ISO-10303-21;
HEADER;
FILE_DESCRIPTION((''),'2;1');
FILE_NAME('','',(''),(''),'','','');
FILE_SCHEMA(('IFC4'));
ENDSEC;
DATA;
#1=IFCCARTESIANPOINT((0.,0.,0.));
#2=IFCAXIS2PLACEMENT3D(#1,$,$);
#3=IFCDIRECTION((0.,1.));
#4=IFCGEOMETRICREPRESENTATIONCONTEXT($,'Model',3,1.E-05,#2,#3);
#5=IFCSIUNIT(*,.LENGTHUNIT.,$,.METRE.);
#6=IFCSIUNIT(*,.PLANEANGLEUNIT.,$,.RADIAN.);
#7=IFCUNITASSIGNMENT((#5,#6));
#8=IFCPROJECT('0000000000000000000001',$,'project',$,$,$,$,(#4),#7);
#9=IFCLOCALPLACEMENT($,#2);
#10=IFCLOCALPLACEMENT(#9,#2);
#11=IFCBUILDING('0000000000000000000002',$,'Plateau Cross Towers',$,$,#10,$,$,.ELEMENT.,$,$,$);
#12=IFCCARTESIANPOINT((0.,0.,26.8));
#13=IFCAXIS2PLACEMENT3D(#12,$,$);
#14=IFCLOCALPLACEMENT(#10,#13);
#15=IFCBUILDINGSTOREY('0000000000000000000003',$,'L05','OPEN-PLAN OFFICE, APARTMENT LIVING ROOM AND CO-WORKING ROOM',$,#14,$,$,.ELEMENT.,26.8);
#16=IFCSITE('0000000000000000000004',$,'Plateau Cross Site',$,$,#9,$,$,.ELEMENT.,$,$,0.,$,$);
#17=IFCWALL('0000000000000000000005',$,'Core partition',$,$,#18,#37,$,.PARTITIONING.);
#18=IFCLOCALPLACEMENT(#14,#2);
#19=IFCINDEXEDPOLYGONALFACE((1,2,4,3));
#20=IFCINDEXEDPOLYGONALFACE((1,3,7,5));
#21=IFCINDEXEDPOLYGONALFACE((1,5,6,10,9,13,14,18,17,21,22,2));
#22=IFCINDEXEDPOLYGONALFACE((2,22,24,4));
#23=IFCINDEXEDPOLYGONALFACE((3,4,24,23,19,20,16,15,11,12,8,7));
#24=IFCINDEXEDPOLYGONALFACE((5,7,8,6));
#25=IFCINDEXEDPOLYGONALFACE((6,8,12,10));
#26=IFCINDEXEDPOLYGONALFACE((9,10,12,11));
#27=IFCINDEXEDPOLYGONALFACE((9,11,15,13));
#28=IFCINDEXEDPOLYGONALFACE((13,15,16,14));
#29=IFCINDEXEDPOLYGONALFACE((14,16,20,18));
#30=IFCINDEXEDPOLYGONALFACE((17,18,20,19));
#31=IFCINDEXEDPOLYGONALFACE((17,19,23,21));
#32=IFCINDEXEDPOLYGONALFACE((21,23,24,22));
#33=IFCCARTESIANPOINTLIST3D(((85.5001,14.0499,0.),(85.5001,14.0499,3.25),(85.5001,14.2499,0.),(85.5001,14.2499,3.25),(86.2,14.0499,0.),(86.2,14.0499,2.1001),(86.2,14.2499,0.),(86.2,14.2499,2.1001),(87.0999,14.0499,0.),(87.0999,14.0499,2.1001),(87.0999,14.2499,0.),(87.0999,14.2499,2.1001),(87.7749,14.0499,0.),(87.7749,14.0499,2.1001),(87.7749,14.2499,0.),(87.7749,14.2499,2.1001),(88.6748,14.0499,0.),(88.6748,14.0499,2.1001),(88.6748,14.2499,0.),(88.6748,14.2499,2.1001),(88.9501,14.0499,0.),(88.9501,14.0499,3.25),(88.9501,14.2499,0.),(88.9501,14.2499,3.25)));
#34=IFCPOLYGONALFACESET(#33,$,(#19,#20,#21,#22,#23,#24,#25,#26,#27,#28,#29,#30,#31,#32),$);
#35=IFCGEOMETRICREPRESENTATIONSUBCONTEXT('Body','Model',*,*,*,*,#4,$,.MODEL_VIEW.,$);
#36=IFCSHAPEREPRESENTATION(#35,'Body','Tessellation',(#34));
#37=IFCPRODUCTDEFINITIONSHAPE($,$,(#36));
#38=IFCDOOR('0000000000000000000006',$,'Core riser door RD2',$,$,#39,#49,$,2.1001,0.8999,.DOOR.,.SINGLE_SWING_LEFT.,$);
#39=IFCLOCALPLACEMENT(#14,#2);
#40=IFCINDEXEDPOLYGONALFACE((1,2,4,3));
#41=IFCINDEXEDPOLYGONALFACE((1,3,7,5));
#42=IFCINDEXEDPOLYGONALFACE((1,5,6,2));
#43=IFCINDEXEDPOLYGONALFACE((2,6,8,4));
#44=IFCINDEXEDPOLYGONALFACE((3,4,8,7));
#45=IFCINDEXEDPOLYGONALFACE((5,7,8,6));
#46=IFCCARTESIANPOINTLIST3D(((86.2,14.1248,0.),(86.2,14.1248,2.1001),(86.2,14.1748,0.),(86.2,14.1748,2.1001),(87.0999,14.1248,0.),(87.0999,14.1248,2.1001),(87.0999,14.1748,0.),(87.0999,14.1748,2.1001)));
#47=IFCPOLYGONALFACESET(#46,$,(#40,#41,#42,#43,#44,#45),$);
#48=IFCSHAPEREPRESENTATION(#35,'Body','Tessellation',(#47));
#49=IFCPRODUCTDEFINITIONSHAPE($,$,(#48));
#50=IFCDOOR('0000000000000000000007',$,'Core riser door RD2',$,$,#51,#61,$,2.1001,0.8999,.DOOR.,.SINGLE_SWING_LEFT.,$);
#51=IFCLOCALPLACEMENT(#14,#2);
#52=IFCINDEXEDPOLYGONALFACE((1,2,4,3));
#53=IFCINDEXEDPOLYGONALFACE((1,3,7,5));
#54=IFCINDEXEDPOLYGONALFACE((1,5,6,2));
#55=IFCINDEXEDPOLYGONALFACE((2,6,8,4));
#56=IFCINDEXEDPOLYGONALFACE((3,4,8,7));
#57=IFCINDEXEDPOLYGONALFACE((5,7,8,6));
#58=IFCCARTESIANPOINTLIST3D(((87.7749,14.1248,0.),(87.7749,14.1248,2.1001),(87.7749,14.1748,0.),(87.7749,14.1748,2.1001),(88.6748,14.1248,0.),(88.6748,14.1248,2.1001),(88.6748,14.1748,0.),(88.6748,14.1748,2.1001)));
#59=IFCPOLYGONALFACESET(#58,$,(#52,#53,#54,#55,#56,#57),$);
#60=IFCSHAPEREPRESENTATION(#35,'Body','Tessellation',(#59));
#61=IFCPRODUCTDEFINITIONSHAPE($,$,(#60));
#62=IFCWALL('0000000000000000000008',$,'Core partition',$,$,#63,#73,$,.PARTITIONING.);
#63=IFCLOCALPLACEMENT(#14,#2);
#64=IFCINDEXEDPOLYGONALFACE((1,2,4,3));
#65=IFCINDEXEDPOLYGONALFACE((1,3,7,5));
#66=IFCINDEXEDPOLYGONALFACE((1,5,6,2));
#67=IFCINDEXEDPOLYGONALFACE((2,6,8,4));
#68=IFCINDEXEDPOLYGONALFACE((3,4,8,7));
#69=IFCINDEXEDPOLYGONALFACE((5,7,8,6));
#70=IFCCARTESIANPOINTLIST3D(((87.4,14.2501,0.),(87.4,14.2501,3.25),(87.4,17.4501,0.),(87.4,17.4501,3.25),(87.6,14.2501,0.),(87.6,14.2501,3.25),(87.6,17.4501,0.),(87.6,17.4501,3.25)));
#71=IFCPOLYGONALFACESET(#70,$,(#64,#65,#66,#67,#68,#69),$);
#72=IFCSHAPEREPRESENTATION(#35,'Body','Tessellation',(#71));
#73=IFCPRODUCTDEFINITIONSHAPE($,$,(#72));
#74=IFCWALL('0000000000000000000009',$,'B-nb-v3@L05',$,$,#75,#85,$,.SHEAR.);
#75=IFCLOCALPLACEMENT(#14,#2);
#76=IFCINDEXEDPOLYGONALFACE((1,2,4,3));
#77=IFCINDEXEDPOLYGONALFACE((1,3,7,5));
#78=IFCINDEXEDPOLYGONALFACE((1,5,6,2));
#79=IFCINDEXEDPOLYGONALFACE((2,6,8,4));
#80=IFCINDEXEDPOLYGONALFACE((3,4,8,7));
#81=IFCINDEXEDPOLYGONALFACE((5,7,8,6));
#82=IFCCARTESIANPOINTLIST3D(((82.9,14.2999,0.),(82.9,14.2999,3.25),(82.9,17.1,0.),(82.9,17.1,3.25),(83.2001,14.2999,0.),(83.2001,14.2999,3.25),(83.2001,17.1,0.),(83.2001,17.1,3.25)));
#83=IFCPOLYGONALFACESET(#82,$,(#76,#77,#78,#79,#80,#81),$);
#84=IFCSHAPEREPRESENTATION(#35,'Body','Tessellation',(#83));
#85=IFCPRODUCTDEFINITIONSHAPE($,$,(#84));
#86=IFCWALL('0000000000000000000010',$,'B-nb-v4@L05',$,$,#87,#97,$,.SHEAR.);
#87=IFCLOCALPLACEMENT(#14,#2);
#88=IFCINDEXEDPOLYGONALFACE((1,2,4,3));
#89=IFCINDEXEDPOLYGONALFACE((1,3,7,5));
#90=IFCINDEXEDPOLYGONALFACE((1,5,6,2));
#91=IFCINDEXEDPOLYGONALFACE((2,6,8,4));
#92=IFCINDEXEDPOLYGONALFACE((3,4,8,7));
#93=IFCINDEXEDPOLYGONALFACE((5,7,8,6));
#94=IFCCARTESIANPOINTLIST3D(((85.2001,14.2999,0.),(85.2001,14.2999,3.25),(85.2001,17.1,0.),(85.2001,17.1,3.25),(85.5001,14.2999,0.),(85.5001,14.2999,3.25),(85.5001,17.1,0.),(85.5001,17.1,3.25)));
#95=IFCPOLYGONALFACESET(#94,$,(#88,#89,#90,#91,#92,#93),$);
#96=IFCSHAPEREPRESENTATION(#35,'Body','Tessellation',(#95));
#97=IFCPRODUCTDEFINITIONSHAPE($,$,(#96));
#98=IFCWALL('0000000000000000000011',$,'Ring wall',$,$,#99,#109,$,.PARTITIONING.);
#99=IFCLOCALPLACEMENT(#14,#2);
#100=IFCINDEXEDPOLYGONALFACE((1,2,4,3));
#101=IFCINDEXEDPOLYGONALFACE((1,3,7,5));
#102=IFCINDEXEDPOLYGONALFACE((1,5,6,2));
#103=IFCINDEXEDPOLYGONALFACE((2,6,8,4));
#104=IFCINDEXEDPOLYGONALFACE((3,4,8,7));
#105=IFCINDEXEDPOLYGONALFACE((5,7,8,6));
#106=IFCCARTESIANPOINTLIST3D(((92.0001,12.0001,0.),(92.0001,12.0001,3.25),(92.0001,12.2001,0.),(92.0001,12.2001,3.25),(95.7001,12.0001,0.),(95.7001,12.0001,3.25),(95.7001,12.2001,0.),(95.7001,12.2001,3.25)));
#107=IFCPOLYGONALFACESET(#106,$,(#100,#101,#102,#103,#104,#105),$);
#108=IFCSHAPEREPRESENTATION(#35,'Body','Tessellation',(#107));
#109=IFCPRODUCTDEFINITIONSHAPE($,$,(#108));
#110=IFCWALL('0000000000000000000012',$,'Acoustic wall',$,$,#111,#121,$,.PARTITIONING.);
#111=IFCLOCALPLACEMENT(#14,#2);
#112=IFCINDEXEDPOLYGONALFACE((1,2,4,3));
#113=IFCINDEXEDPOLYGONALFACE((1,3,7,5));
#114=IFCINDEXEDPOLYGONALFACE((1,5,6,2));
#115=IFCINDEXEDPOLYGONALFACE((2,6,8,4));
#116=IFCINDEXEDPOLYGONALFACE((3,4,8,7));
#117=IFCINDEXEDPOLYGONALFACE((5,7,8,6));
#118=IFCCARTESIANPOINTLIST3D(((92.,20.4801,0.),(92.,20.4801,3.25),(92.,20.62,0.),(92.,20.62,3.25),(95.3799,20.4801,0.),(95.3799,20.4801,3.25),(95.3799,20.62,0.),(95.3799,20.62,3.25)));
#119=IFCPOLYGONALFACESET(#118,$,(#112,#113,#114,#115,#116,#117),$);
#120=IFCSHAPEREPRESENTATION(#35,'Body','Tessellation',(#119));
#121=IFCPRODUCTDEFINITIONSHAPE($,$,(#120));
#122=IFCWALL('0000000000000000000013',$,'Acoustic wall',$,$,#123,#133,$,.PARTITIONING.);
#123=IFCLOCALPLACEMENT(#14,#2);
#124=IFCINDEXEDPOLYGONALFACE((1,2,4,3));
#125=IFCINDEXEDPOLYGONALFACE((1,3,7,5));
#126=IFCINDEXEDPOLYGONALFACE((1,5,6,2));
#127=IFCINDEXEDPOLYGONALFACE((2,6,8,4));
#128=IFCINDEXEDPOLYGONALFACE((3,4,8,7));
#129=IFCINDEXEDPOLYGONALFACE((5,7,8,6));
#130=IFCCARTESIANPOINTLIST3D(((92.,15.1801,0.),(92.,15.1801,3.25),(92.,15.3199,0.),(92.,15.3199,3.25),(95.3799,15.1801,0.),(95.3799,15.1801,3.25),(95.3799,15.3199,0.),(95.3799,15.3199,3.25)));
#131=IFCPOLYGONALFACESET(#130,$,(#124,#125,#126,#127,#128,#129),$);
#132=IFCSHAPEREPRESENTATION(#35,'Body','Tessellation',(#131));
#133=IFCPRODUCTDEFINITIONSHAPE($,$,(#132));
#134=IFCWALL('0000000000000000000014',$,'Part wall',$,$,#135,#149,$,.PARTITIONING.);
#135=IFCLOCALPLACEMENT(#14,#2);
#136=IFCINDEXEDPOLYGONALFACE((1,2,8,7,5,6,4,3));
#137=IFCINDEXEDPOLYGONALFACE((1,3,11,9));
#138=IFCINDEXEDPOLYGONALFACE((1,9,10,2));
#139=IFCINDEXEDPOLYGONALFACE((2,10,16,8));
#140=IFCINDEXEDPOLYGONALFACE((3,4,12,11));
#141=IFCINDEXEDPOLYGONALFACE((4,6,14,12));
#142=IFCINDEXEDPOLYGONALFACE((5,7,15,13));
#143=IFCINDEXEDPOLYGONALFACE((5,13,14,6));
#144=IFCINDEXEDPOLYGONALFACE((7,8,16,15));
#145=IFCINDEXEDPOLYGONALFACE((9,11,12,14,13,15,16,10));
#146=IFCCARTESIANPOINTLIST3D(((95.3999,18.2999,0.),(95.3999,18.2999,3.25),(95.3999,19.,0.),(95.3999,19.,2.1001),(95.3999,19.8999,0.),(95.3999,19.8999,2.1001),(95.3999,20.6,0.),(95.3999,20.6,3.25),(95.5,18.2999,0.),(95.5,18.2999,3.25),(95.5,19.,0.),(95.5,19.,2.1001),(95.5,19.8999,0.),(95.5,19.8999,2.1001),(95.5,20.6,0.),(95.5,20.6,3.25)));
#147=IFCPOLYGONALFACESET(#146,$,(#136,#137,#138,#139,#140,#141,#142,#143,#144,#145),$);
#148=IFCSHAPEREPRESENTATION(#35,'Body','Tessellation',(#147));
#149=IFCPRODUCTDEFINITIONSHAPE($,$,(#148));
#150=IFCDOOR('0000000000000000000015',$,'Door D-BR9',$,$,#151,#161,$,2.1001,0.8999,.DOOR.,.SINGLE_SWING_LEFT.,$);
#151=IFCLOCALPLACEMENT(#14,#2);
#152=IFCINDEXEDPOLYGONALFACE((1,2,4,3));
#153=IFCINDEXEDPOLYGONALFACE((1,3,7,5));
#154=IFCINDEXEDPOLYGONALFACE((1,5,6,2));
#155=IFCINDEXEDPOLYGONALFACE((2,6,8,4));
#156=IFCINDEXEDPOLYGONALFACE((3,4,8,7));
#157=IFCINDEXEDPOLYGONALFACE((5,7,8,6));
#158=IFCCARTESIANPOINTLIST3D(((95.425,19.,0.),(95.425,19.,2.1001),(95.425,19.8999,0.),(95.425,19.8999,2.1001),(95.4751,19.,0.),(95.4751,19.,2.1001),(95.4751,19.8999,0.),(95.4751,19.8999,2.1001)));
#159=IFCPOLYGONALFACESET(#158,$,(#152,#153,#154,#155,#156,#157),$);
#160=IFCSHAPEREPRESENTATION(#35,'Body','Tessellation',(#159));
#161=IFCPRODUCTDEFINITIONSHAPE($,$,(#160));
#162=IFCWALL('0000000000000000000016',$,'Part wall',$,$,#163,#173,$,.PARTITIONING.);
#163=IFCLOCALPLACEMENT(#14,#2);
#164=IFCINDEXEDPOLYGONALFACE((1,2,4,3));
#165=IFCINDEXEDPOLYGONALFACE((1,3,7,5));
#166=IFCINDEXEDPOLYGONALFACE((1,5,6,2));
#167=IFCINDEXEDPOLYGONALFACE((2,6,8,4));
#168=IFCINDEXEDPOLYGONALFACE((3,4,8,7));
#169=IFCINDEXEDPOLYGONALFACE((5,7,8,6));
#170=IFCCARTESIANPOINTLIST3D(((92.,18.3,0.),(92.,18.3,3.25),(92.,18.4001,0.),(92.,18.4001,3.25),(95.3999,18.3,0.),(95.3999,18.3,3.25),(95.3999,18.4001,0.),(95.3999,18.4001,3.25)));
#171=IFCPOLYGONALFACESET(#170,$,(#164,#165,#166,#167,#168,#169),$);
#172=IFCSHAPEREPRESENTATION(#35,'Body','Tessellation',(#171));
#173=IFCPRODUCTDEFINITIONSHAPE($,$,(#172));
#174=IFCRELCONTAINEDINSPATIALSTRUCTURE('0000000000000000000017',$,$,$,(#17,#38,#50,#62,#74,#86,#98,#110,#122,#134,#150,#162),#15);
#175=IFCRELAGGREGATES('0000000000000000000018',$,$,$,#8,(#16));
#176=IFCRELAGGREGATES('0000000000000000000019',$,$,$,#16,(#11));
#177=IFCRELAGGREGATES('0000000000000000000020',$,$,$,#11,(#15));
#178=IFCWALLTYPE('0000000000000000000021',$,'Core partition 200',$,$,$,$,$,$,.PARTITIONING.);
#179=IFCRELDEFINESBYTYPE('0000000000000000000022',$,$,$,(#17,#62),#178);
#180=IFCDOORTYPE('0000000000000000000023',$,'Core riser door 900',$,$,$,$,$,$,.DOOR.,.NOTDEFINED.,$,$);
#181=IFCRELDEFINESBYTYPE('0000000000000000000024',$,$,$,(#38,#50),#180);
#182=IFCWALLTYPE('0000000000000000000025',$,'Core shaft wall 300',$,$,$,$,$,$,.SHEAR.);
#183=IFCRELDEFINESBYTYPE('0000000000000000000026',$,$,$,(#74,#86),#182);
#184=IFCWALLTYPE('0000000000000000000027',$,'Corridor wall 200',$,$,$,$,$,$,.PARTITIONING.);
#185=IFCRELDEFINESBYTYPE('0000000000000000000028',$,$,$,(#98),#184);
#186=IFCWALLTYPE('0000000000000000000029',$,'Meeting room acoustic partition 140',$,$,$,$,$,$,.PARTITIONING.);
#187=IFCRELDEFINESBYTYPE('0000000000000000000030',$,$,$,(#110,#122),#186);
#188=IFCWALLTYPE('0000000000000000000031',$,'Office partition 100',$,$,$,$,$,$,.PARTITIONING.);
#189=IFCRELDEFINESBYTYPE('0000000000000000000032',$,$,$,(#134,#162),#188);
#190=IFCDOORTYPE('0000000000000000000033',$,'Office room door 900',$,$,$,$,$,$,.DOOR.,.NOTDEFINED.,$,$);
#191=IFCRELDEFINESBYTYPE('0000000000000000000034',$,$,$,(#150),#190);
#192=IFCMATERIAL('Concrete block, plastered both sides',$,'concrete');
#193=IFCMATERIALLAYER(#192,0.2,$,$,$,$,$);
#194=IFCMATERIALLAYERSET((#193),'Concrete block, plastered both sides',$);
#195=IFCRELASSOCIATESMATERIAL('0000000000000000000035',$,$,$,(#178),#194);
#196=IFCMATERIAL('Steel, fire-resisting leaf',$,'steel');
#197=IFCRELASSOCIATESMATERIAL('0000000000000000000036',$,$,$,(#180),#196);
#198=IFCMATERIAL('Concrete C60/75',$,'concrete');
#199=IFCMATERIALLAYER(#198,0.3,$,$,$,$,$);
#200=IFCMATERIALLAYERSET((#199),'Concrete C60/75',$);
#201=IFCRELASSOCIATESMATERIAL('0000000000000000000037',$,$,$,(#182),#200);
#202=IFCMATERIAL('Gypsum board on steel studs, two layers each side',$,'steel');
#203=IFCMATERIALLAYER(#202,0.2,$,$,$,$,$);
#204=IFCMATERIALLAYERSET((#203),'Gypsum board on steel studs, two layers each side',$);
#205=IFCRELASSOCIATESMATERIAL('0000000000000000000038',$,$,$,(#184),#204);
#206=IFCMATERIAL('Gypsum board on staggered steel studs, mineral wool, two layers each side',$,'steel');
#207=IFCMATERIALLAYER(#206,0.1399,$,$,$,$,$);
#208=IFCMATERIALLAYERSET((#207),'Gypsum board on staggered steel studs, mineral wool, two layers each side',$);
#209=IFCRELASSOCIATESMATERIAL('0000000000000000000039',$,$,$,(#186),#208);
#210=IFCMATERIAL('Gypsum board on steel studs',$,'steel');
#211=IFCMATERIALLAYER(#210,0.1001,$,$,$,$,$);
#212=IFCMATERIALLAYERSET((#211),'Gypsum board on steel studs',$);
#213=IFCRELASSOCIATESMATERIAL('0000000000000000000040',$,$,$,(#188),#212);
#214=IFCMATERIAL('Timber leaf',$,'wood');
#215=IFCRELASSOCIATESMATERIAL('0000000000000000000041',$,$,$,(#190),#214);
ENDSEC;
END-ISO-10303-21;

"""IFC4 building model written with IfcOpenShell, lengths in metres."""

from ifc_helpers import new_model, si_unit, direction, frame, frame_2d, origin, place, context, subcontext, project, spatial, rectangle, extrude, material, layer, layer_set, type_object, element, fill, save


model = new_model("IFC4")

# Units and contexts
model_context = context("Model", 3, precision=1e-05, world=origin(), true_north=direction((0.0, 1.0)))
body_context = subcontext(model_context, "Body", "Model", "MODEL_VIEW")
ifc_project = project(units=[si_unit("LENGTHUNIT", "METRE"), si_unit("PLANEANGLEUNIT", "RADIAN")], contexts=[model_context])

# Site, building, storey
site_placement = place(None, origin())
site = spatial("IfcSite", under=ifc_project, at=site_placement, Name="Plateau Cross Site", CompositionType="ELEMENT", RefElevation=0.0)
building_placement = place(site_placement, origin())
building = spatial("IfcBuilding", under=site, at=building_placement, Name="Plateau Cross Towers", CompositionType="ELEMENT")
storey_placement = place(building_placement, frame((0.0, 0.0, 26.8)))
storey = spatial("IfcBuildingStorey", under=building, at=storey_placement, Name="L05", Description="OPEN-PLAN OFFICE, APARTMENT LIVING ROOM AND CO-WORKING ROOM", CompositionType="ELEMENT", Elevation=26.8)

# Shared definitions
ifc_material_1 = material(Name="Concrete C60/75", Category="concrete")

# Shared definitions
ifc_material_2 = material(Name="Concrete block, plastered both sides", Category="concrete")
ifc_layer_1 = layer(ifc_material_2, 0.2)
ifc_layer_set_1 = layer_set([ifc_layer_1], Name="Concrete block, plastered both sides")
wall_type_1 = type_object("IfcWallType", Name="Core partition 200", PredefinedType="PARTITIONING", material=ifc_layer_set_1)

# Wall, openings, doors
wall_1_placement = place(storey_placement, frame((85.5, 14.1499, 0.0), z_axis=(0.0, 0.0, 1.0), x_axis=(1.0, 0.0, 0.0)))
wall_1 = element("IfcWall", 1, at=wall_1_placement, inside=storey, type_object=wall_type_1, Name="Core partition", PredefinedType="PARTITIONING", context=body_context, shape_type="SweptSolid", body=[
    extrude(rectangle(XDim=3.45, YDim=0.2, at=frame_2d((1.7251, 0.0))), origin(), (0.0, 0.0, 1.0), 3.25),
])
opening_1_placement = place(wall_1_placement, frame((0.7, 0.0, 0.0)))
opening_1 = element("IfcOpeningElement", 2, at=opening_1_placement, cuts=wall_1, PredefinedType="OPENING", context=body_context, shape_type="SweptSolid", body=[
    extrude(rectangle(XDim=0.8999, YDim=2.1001, at=frame_2d((0.45, 1.05))), frame((0.0, 0.1099, 0.0), z_axis=(0.0, -1.0, 0.0), x_axis=(1.0, 0.0, 0.0)), (0.0, 0.0, 1.0), 0.22),
])
opening_2_placement = place(wall_1_placement, frame((2.2749, 0.0, 0.0)))
opening_2 = element("IfcOpeningElement", 3, at=opening_2_placement, cuts=wall_1, PredefinedType="OPENING", context=body_context, shape_type="SweptSolid", body=[
    extrude(rectangle(XDim=0.8999, YDim=2.1001, at=frame_2d((0.45, 1.05))), frame((0.0, 0.1099, 0.0), z_axis=(0.0, -1.0, 0.0), x_axis=(1.0, 0.0, 0.0)), (0.0, 0.0, 1.0), 0.22),
])
ifc_material_3 = material(Name="Steel, fire-resisting leaf", Category="steel")
door_type_1 = type_object("IfcDoorType", Name="Core riser door 900", OperationType="NOTDEFINED", PredefinedType="DOOR", material=ifc_material_3)
door_1_placement = place(opening_1_placement, origin())
door_1 = element("IfcDoor", 4, at=door_1_placement, inside=storey, type_object=door_type_1, Name="Core riser door RD2", OperationType="SINGLE_SWING_LEFT", OverallHeight=2.1001, OverallWidth=0.8999, PredefinedType="DOOR", context=body_context, shape_type="SweptSolid", body=[
    extrude(rectangle(XDim=0.8999, YDim=2.1001, at=frame_2d((0.45, 1.05))), frame((0.0, 0.0249, 0.0), z_axis=(0.0, -1.0, 0.0), x_axis=(1.0, 0.0, 0.0)), (0.0, 0.0, 1.0), 0.05),
])
fill(opening_1, door_1)
door_2_placement = place(opening_2_placement, origin())
door_2 = element("IfcDoor", 5, at=door_2_placement, inside=storey, type_object=door_type_1, Name="Core riser door RD2", OperationType="SINGLE_SWING_LEFT", OverallHeight=2.1001, OverallWidth=0.8999, PredefinedType="DOOR", context=body_context, shape_type="SweptSolid", body=[
    extrude(rectangle(XDim=0.8999, YDim=2.1001, at=frame_2d((0.45, 1.05))), frame((0.0, 0.0249, 0.0), z_axis=(0.0, -1.0, 0.0), x_axis=(1.0, 0.0, 0.0)), (0.0, 0.0, 1.0), 0.05),
])
fill(opening_2, door_2)

# Walls
wall_2_placement = place(storey_placement, frame((87.5, 14.25, 0.0), z_axis=(0.0, 0.0, 1.0), x_axis=(0.0, 1.0, 0.0)))
element("IfcWall", 6, at=wall_2_placement, inside=storey, type_object=wall_type_1, Name="Core partition", PredefinedType="PARTITIONING", context=body_context, shape_type="SweptSolid", body=[
    extrude(rectangle(XDim=3.2, YDim=0.2, at=frame_2d((1.6001, 0.0))), origin(), (0.0, 0.0, 1.0), 3.25),
])
ifc_layer_2 = layer(ifc_material_1, 0.3)
ifc_layer_set_2 = layer_set([ifc_layer_2], Name="Concrete C60/75")
wall_type_2 = type_object("IfcWallType", Name="Core shaft wall 300", PredefinedType="SHEAR", material=ifc_layer_set_2)
for number, where, z_axis, x_axis, name in (
    (7, (83.05, 14.3, 0.0), (0.0, 0.0, 1.0), (0.0, 1.0, 0.0), "B-nb-v3@L05"),
    (8, (85.3501, 14.3, 0.0), (0.0, 0.0, 1.0), (0.0, 1.0, 0.0), "B-nb-v4@L05"),
):
    element("IfcWall", number, at=place(storey_placement, frame(where, z_axis=z_axis, x_axis=x_axis)), inside=storey, type_object=wall_type_2, Name=name, PredefinedType="SHEAR", context=body_context, shape_type="SweptSolid", body=[
        extrude(rectangle(XDim=2.8, YDim=0.3, at=frame_2d((1.3999, 0.0))), origin(), (0.0, 0.0, 1.0), 3.25),
    ])

# Shared definitions
ifc_material_4 = material(Name="Gypsum board on steel studs, two layers each side", Category="steel")
ifc_layer_3 = layer(ifc_material_4, 0.2)
ifc_layer_set_3 = layer_set([ifc_layer_3], Name="Gypsum board on steel studs, two layers each side")
wall_type_3 = type_object("IfcWallType", Name="Corridor wall 200", PredefinedType="PARTITIONING", material=ifc_layer_set_3)

# Wall
wall_3_placement = place(storey_placement, frame((92.0, 12.1001, 0.0), z_axis=(0.0, 0.0, 1.0), x_axis=(1.0, 0.0, 0.0)))
element("IfcWall", 9, at=wall_3_placement, inside=storey, type_object=wall_type_3, Name="Ring wall", PredefinedType="PARTITIONING", context=body_context, shape_type="SweptSolid", body=[
    extrude(rectangle(XDim=3.7, YDim=0.2, at=frame_2d((1.8501, 0.0))), origin(), (0.0, 0.0, 1.0), 3.25),
])

# Shared definitions
ifc_material_5 = material(Name="Gypsum board on staggered steel studs, mineral wool, two layers each side", Category="steel")
ifc_layer_4 = layer(ifc_material_5, 0.1399)
ifc_layer_set_4 = layer_set([ifc_layer_4], Name="Gypsum board on staggered steel studs, mineral wool, two layers each side")
wall_type_4 = type_object("IfcWallType", Name="Meeting room acoustic partition 140", PredefinedType="PARTITIONING", material=ifc_layer_set_4)

# Wall
wall_4_placement = place(storey_placement, frame((92.0, 20.55, 0.0), z_axis=(0.0, 0.0, 1.0), x_axis=(1.0, 0.0, 0.0)))
element("IfcWall", 10, at=wall_4_placement, inside=storey, type_object=wall_type_4, Name="Acoustic wall", PredefinedType="PARTITIONING", context=body_context, shape_type="SweptSolid", body=[
    extrude(rectangle(XDim=3.3799, YDim=0.1399, at=frame_2d((1.6899, 0.0))), origin(), (0.0, 0.0, 1.0), 3.25),
])

# Wall
wall_5_placement = place(storey_placement, frame((92.0, 15.25, 0.0), z_axis=(0.0, 0.0, 1.0), x_axis=(1.0, 0.0, 0.0)))
element("IfcWall", 11, at=wall_5_placement, inside=storey, type_object=wall_type_4, Name="Acoustic wall", PredefinedType="PARTITIONING", context=body_context, shape_type="SweptSolid", body=[
    extrude(rectangle(XDim=3.3799, YDim=0.1399, at=frame_2d((1.6899, 0.0))), origin(), (0.0, 0.0, 1.0), 3.25),
])

# Wall, opening, door
ifc_material_6 = material(Name="Gypsum board on steel studs", Category="steel")
ifc_layer_5 = layer(ifc_material_6, 0.1001)
ifc_layer_set_5 = layer_set([ifc_layer_5], Name="Gypsum board on steel studs")
wall_type_5 = type_object("IfcWallType", Name="Office partition 100", PredefinedType="PARTITIONING", material=ifc_layer_set_5)
wall_6_placement = place(storey_placement, frame((95.45, 18.3, 0.0), z_axis=(0.0, 0.0, 1.0), x_axis=(0.0, 1.0, 0.0)))
wall_6 = element("IfcWall", 12, at=wall_6_placement, inside=storey, type_object=wall_type_5, Name="Part wall", PredefinedType="PARTITIONING", context=body_context, shape_type="SweptSolid", body=[
    extrude(rectangle(XDim=2.3, YDim=0.1001, at=frame_2d((1.1499, 0.0))), origin(), (0.0, 0.0, 1.0), 3.25),
])
opening_3_placement = place(wall_6_placement, frame((0.7, 0.0, 0.0)))
opening_3 = element("IfcOpeningElement", 13, at=opening_3_placement, cuts=wall_6, PredefinedType="OPENING", context=body_context, shape_type="SweptSolid", body=[
    extrude(rectangle(XDim=0.8999, YDim=2.1001, at=frame_2d((0.45, 1.05))), frame((0.0, 0.0601, 0.0), z_axis=(0.0, -1.0, 0.0), x_axis=(1.0, 0.0, 0.0)), (0.0, 0.0, 1.0), 0.1201),
])
ifc_material_7 = material(Name="Timber leaf", Category="wood")
door_type_2 = type_object("IfcDoorType", Name="Office room door 900", OperationType="NOTDEFINED", PredefinedType="DOOR", material=ifc_material_7)
door_3_placement = place(opening_3_placement, origin())
door_3 = element("IfcDoor", 14, at=door_3_placement, inside=storey, type_object=door_type_2, Name="Door D-BR9", OperationType="SINGLE_SWING_LEFT", OverallHeight=2.1001, OverallWidth=0.8999, PredefinedType="DOOR", context=body_context, shape_type="SweptSolid", body=[
    extrude(rectangle(XDim=0.8999, YDim=2.1001, at=frame_2d((0.45, 1.05))), frame((0.0, 0.0249, 0.0), z_axis=(0.0, -1.0, 0.0), x_axis=(1.0, 0.0, 0.0)), (0.0, 0.0, 1.0), 0.05),
])
fill(opening_3, door_3)

# Wall
wall_7_placement = place(storey_placement, frame((92.0, 18.3501, 0.0), z_axis=(0.0, 0.0, 1.0), x_axis=(1.0, 0.0, 0.0)))
element("IfcWall", 15, at=wall_7_placement, inside=storey, type_object=wall_type_5, Name="Part wall", PredefinedType="PARTITIONING", context=body_context, shape_type="SweptSolid", body=[
    extrude(rectangle(XDim=3.3999, YDim=0.1001, at=frame_2d((1.7, 0.0))), origin(), (0.0, 0.0, 1.0), 3.25),
])

save(model, "model.ifc")
